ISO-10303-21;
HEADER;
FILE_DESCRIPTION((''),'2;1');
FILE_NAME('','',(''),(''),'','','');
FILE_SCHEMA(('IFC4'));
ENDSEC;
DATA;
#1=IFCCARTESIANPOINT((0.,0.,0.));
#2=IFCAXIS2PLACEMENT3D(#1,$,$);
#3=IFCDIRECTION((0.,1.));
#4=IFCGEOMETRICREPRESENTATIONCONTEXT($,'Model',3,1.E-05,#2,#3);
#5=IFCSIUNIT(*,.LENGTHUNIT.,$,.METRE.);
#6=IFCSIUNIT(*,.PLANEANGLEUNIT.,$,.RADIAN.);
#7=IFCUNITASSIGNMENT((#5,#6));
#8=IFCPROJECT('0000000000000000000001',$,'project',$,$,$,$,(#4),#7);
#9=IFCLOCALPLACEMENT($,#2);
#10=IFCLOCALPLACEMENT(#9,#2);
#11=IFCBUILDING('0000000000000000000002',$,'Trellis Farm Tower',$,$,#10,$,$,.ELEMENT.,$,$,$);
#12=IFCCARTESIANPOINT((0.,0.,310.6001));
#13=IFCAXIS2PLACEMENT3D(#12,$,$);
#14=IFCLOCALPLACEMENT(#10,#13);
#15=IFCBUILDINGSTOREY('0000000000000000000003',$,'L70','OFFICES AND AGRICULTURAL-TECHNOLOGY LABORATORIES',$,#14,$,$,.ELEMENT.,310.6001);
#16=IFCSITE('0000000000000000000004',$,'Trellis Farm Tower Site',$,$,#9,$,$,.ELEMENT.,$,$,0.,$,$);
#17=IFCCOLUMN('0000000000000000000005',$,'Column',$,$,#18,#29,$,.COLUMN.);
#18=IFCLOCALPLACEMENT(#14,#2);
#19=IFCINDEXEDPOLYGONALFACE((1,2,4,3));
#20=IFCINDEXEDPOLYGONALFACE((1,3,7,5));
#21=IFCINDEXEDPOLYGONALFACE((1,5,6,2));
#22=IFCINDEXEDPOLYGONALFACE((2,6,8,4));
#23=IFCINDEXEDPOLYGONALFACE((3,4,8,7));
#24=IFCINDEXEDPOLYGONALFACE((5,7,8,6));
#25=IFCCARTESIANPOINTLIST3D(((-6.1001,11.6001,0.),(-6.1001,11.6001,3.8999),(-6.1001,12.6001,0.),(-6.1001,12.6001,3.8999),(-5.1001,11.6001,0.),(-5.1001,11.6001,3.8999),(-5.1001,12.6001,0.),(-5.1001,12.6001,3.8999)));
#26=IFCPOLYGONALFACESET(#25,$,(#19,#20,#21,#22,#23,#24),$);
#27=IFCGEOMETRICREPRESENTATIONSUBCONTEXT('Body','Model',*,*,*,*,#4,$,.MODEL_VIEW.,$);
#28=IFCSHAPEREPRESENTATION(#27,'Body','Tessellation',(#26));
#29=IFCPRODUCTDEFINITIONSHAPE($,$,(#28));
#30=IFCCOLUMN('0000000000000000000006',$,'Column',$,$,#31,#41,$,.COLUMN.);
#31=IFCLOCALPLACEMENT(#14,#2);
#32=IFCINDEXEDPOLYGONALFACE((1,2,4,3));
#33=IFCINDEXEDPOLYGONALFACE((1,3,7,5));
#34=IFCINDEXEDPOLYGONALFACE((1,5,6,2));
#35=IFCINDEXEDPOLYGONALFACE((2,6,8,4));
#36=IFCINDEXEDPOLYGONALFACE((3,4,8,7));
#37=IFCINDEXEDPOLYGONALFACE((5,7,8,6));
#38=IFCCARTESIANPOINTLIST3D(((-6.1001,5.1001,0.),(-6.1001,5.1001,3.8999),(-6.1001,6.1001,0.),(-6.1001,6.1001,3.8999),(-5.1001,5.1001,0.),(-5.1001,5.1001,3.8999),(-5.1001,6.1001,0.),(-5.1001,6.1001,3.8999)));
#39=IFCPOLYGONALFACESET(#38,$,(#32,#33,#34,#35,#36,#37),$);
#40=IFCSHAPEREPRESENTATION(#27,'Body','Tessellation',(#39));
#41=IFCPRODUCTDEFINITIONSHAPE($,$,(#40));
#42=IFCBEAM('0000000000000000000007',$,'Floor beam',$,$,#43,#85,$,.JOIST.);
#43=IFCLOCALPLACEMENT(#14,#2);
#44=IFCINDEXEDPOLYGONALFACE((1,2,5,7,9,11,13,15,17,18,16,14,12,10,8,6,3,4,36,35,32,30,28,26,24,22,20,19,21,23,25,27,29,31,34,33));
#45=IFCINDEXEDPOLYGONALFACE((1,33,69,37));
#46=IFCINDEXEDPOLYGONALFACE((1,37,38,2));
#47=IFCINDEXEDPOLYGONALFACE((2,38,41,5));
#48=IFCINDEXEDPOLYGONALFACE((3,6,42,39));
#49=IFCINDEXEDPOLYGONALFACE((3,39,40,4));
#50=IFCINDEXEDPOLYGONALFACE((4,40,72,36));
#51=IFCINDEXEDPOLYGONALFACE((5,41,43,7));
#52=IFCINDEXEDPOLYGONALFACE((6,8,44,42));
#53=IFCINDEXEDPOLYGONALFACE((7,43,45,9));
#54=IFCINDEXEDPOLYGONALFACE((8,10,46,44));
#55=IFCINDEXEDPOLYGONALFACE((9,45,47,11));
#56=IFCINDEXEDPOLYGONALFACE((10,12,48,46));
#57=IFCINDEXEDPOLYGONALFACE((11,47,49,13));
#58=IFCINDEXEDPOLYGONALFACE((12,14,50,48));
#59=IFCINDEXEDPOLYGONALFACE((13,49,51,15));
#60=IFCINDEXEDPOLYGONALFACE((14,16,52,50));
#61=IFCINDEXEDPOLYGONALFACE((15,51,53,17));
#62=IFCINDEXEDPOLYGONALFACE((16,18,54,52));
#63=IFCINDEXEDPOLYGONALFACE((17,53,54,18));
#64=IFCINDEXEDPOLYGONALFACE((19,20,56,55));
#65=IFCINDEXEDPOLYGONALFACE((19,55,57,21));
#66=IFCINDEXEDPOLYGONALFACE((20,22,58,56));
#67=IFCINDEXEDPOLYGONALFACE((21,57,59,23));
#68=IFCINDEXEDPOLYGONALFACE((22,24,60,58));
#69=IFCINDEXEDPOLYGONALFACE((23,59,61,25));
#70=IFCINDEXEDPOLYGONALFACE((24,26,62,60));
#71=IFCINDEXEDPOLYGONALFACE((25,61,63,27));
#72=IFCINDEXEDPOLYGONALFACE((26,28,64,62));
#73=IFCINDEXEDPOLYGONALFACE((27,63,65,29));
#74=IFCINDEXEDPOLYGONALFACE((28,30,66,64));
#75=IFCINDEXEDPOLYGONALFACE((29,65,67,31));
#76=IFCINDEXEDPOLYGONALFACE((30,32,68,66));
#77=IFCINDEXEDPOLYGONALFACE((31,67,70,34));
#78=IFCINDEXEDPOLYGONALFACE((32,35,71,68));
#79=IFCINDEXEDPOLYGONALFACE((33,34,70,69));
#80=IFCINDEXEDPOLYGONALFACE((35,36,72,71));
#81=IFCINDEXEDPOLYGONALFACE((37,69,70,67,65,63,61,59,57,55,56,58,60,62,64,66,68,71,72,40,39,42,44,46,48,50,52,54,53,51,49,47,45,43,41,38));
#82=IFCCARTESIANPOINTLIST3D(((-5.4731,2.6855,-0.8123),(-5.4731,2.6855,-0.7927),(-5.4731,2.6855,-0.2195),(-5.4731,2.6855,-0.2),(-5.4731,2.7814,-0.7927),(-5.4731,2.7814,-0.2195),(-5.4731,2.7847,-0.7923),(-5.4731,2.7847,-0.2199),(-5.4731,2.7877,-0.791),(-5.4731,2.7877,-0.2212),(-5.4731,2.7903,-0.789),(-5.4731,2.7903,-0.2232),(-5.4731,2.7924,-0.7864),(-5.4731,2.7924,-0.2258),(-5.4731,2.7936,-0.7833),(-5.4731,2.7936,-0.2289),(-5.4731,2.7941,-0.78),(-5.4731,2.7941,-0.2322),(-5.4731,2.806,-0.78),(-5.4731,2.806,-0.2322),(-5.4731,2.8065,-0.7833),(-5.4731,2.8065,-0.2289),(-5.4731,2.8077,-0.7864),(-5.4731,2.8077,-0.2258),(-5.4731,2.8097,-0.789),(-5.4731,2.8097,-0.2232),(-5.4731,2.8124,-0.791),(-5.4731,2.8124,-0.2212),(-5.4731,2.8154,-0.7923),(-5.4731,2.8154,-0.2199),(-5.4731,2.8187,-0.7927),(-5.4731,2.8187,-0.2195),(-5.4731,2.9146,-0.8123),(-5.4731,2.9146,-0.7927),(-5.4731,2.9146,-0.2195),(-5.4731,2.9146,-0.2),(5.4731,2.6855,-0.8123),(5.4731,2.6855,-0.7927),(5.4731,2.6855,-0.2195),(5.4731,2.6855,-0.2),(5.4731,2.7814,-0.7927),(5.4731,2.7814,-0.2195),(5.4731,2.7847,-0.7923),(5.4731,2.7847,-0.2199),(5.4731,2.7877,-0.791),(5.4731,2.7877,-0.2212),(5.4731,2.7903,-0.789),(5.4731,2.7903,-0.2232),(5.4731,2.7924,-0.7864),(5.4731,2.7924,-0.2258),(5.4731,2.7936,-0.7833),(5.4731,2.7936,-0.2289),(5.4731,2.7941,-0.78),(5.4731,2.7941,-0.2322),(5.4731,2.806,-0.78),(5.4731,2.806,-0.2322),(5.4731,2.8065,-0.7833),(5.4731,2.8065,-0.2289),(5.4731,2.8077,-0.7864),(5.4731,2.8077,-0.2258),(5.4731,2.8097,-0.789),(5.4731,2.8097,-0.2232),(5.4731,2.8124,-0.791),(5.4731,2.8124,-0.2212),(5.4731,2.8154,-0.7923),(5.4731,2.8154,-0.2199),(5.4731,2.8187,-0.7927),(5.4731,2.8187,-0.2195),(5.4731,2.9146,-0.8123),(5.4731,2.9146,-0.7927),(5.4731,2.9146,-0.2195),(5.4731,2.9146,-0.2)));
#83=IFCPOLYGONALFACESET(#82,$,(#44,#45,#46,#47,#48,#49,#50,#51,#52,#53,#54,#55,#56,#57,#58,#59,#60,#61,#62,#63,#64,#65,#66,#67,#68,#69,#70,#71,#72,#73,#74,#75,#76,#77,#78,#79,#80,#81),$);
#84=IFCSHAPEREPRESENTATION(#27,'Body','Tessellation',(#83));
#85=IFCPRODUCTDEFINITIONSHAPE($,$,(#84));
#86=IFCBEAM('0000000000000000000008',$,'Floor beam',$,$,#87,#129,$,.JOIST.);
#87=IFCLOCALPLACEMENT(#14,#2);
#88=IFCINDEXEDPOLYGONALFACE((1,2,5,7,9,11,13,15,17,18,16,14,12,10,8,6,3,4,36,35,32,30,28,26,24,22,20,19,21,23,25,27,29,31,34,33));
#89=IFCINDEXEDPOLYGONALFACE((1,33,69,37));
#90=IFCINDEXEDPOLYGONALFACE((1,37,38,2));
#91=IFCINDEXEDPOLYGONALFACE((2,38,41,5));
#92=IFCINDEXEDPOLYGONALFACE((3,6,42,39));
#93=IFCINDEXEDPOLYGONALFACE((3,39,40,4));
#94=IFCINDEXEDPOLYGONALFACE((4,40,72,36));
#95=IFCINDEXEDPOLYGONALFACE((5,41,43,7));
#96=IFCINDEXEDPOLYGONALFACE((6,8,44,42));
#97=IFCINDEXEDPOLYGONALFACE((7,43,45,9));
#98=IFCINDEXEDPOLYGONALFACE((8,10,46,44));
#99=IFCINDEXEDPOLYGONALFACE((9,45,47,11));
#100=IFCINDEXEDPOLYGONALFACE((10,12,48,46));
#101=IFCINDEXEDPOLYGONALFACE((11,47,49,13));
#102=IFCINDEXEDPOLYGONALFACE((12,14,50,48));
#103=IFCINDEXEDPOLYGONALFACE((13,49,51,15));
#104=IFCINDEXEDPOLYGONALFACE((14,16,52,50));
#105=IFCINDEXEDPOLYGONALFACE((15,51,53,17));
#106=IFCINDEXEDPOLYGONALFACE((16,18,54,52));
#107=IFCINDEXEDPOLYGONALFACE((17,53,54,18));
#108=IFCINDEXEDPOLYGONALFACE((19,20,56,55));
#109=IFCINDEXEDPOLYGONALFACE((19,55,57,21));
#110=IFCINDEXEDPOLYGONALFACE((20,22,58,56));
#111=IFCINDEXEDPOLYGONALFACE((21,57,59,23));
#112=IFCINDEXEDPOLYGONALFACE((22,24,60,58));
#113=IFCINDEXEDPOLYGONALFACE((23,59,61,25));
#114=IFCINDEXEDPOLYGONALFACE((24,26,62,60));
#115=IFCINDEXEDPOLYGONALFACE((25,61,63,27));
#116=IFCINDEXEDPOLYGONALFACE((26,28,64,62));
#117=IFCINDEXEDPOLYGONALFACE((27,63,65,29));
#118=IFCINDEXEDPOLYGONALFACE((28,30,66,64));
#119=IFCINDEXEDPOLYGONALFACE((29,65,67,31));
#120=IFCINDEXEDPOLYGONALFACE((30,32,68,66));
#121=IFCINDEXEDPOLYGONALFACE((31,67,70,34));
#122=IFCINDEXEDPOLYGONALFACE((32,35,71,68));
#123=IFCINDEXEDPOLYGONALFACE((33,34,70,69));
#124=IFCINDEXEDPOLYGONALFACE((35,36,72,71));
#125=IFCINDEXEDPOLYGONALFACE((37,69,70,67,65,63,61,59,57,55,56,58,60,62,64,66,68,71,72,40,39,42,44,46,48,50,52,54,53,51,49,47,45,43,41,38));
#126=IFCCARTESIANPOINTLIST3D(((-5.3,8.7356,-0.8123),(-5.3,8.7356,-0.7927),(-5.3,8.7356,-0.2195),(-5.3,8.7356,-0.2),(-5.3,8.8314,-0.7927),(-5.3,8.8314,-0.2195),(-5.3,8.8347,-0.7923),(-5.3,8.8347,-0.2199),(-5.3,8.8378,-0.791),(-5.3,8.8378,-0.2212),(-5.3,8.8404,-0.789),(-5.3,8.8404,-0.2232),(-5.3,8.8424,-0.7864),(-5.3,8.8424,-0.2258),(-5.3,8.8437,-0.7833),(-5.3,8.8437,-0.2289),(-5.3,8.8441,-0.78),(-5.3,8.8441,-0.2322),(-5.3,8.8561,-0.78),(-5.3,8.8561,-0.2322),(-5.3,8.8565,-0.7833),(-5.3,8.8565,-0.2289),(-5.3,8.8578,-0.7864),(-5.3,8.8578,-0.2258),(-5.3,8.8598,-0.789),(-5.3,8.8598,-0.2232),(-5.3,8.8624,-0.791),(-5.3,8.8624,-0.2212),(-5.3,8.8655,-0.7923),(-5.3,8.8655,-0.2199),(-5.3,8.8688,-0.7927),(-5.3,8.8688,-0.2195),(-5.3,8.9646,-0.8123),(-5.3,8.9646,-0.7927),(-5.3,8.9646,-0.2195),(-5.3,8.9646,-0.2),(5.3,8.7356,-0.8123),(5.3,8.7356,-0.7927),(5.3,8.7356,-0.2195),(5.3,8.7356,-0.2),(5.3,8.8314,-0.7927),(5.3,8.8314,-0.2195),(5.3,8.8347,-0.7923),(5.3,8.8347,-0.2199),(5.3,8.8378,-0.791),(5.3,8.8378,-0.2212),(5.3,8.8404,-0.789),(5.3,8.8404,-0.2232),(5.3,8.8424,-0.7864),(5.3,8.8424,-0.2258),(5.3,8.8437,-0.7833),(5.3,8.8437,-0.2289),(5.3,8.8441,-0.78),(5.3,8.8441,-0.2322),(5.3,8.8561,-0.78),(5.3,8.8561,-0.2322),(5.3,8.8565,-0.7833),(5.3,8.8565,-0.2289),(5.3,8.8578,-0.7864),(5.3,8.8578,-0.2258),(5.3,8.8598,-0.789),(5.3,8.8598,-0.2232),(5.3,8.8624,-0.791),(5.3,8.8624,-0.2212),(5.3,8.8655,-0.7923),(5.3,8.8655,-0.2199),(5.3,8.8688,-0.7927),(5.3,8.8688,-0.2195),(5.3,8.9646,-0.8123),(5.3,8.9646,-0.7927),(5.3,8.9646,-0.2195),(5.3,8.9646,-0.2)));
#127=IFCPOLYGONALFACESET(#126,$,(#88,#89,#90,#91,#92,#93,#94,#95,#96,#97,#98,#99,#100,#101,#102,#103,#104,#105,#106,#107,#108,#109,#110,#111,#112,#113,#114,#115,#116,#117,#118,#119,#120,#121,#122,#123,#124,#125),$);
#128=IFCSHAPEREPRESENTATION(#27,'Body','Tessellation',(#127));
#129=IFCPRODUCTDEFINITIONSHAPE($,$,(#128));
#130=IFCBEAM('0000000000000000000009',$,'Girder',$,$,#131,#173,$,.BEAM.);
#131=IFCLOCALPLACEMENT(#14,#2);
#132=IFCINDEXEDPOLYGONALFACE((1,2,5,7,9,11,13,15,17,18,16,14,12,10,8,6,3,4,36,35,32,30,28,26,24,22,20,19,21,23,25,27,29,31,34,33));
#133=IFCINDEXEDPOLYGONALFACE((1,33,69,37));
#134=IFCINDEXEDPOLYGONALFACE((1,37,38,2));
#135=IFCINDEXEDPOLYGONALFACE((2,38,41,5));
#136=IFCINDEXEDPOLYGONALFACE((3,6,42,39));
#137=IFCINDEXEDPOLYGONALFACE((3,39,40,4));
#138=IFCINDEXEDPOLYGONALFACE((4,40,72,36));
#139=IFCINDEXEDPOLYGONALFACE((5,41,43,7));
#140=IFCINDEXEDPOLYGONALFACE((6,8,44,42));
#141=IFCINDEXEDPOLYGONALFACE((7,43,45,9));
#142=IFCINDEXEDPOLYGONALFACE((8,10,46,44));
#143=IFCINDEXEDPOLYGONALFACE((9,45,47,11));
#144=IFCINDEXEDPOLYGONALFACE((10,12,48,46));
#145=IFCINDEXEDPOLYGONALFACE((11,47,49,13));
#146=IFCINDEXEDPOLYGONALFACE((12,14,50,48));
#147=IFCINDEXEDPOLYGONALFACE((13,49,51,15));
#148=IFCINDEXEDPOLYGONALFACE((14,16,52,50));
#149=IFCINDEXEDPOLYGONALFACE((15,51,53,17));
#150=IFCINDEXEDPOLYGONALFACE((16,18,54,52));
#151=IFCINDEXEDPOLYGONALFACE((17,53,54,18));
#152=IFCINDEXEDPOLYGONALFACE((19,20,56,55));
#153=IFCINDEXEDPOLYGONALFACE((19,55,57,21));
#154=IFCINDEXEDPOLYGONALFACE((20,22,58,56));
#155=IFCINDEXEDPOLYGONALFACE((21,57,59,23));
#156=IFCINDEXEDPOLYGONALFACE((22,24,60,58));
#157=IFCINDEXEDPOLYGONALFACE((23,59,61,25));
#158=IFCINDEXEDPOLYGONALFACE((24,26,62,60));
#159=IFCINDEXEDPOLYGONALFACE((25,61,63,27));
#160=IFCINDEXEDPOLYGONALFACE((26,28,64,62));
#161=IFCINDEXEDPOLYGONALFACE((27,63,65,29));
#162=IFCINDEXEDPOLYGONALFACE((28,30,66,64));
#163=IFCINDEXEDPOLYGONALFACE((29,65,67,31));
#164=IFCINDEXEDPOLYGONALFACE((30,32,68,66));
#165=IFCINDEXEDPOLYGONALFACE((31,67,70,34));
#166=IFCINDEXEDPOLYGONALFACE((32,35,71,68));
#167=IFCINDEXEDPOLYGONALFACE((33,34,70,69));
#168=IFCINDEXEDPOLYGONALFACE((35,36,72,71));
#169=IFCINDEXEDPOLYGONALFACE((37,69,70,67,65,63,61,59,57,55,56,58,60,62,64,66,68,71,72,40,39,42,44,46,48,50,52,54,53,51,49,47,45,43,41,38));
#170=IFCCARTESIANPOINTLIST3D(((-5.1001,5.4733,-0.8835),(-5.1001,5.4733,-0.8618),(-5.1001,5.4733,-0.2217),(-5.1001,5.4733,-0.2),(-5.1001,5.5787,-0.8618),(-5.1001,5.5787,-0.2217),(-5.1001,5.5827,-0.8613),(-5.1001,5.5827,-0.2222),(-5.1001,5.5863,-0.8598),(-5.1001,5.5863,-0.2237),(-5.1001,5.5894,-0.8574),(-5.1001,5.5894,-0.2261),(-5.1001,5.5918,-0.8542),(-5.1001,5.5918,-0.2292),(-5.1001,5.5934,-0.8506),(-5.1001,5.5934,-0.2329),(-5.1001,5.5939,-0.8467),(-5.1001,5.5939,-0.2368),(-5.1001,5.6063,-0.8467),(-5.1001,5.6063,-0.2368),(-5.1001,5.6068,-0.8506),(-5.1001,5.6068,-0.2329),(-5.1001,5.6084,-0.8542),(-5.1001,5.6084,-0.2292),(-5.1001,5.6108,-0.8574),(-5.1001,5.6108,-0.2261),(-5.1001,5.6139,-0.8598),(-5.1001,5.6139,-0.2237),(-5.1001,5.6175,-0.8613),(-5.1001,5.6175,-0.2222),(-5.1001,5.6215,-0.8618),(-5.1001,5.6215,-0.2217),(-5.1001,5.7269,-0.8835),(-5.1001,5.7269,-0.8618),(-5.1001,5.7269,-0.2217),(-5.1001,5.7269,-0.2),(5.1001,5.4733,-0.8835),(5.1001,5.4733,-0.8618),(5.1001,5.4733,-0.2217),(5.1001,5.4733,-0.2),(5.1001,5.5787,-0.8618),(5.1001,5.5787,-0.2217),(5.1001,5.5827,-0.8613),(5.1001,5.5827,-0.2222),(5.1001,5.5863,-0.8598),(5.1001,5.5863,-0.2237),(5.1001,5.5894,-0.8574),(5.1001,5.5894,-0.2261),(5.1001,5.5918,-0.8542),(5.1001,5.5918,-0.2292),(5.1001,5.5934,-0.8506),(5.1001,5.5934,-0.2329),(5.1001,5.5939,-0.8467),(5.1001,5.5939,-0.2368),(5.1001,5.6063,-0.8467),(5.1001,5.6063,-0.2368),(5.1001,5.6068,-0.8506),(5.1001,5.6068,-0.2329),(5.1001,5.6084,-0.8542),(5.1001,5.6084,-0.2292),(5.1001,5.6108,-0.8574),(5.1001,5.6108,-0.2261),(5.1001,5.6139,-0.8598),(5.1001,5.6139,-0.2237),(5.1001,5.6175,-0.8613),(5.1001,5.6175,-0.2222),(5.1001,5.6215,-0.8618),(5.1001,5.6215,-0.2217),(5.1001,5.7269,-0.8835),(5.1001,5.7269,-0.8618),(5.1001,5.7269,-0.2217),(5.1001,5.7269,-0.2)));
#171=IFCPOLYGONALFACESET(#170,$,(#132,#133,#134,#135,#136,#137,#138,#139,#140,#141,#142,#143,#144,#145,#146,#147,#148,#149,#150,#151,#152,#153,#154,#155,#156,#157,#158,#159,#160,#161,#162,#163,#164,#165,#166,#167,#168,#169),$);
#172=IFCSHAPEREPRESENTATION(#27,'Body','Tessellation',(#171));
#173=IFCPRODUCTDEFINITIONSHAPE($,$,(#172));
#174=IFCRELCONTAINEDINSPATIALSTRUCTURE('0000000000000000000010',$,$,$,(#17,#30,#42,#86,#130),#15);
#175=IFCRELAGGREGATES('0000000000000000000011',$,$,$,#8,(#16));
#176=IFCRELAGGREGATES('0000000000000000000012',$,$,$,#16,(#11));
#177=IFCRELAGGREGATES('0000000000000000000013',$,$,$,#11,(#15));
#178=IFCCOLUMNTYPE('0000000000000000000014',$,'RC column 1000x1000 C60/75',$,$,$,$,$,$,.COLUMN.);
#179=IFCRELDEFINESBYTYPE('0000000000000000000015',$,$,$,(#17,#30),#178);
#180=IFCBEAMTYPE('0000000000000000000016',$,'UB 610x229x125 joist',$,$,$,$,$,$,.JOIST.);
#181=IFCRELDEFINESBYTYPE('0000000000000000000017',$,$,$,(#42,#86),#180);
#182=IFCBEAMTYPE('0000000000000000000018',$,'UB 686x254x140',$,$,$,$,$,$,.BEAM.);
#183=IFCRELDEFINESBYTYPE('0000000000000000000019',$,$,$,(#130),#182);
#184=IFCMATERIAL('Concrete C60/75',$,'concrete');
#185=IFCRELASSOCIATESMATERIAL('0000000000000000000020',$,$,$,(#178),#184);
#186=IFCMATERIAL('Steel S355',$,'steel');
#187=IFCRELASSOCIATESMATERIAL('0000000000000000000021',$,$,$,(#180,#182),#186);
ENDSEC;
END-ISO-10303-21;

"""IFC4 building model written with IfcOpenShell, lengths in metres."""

from ifc_helpers import new_model, si_unit, direction, frame, origin, origin_2d, place, context, subcontext, project, spatial, rectangle, i_section, extrude, source, transform, mapped, material, material_profile, profile_set, type_object, element, save


model = new_model("IFC4")

# Units and contexts
model_context = context("Model", 3, precision=1e-05, world=origin(), true_north=direction((0.0, 1.0)))
body_context = subcontext(model_context, "Body", "Model", "MODEL_VIEW")
ifc_project = project(units=[si_unit("LENGTHUNIT", "METRE"), si_unit("PLANEANGLEUNIT", "RADIAN")], contexts=[model_context])

# Site, building, storey
site_placement = place(None, origin())
site = spatial("IfcSite", under=ifc_project, at=site_placement, Name="Trellis Farm Tower Site", CompositionType="ELEMENT", RefElevation=0.0)
building_placement = place(site_placement, origin())
building = spatial("IfcBuilding", under=site, at=building_placement, Name="Trellis Farm Tower", CompositionType="ELEMENT")
storey_placement = place(building_placement, frame((0.0, 0.0, 310.6001)))
storey = spatial("IfcBuildingStorey", under=building, at=storey_placement, Name="L70", Description="OFFICES AND AGRICULTURAL-TECHNOLOGY LABORATORIES", CompositionType="ELEMENT", Elevation=310.6001)

# Columns
ifc_material_1 = material(Name="Concrete C60/75", Category="concrete")
ifc_material_profile_1 = material_profile(ifc_material_1, rectangle(XDim=1.0, YDim=1.0, at=origin_2d()), Name="RC column 1000x1000 C60/75")
ifc_profile_set_1 = profile_set([ifc_material_profile_1], Name="Concrete C60/75")
column_type = type_object("IfcColumnType", Name="RC column 1000x1000 C60/75", PredefinedType="COLUMN", material=ifc_profile_set_1)
shared_shape_1 = source(origin(), body_context, "Body", "SweptSolid", [
    extrude(rectangle(XDim=1.0, YDim=1.0, at=origin_2d()), origin(), (0.0, 0.0, 1.0), 3.8999),
])
for number, where, z_axis, x_axis, name in (
    (1, (-5.6001, 12.1001, 0.0), (0.0, 0.0, 1.0), (1.0, 0.0, 0.0), "Column"),
    (2, (-5.6001, 5.6001, 0.0), (0.0, 0.0, 1.0), (1.0, 0.0, 0.0), "Column"),
):
    element("IfcColumn", number, at=place(storey_placement, frame(where, z_axis=z_axis, x_axis=x_axis)), inside=storey, type_object=column_type, Name=name, PredefinedType="COLUMN", context=body_context, shape_type="MappedRepresentation", body=[
        mapped(shared_shape_1, transform((0.0, 0.0, 0.0))),
    ])

# Beams
ifc_material_2 = material(Name="Steel S355", Category="steel")
ifc_material_profile_2 = material_profile(ifc_material_2, i_section(OverallWidth=0.229, OverallDepth=0.6123, WebThickness=0.012, FlangeThickness=0.0195, FilletRadius=0.0127, at=origin_2d()), Name="UB 610x229x125")
ifc_profile_set_2 = profile_set([ifc_material_profile_2], Name="Steel S355")
beam_type_1 = type_object("IfcBeamType", Name="UB 610x229x125 joist", PredefinedType="JOIST", material=ifc_profile_set_2)
shared_shape_2 = source(origin(), body_context, "Body", "SweptSolid", [
    extrude(i_section(OverallWidth=0.229, OverallDepth=0.6123, WebThickness=0.012, FlangeThickness=0.0195, FilletRadius=0.0127, at=origin_2d()), origin(), (0.0, 0.0, 1.0), 10.9463),
])
beam_1_placement = place(storey_placement, frame((-5.4731, 2.8, -0.5061), z_axis=(1.0, 0.0, 0.0), x_axis=(0.0, 1.0, 0.0)))
element("IfcBeam", 3, at=beam_1_placement, inside=storey, type_object=beam_type_1, Name="Floor beam", PredefinedType="JOIST", context=body_context, shape_type="MappedRepresentation", body=[
    mapped(shared_shape_2, transform((0.0, 0.0, 0.0))),
])
shared_shape_3 = source(origin(), body_context, "Body", "SweptSolid", [
    extrude(i_section(OverallWidth=0.229, OverallDepth=0.6123, WebThickness=0.012, FlangeThickness=0.0195, FilletRadius=0.0127, at=origin_2d()), origin(), (0.0, 0.0, 1.0), 10.6001),
])
beam_2_placement = place(storey_placement, frame((-5.3, 8.8501, -0.5061), z_axis=(1.0, 0.0, 0.0), x_axis=(0.0, 1.0, 0.0)))
element("IfcBeam", 4, at=beam_2_placement, inside=storey, type_object=beam_type_1, Name="Floor beam", PredefinedType="JOIST", context=body_context, shape_type="MappedRepresentation", body=[
    mapped(shared_shape_3, transform((0.0, 0.0, 0.0))),
])
ifc_material_profile_3 = material_profile(ifc_material_2, i_section(OverallWidth=0.2537, OverallDepth=0.6836, WebThickness=0.0125, FlangeThickness=0.0217, FilletRadius=0.0151, at=origin_2d()), Name="UB 686x254x140")
ifc_profile_set_3 = profile_set([ifc_material_profile_3], Name="Steel S355")
beam_type_2 = type_object("IfcBeamType", Name="UB 686x254x140", PredefinedType="BEAM", material=ifc_profile_set_3)
shared_shape_4 = source(origin(), body_context, "Body", "SweptSolid", [
    extrude(i_section(OverallWidth=0.2537, OverallDepth=0.6836, WebThickness=0.0125, FlangeThickness=0.0217, FilletRadius=0.0151, at=origin_2d()), origin(), (0.0, 0.0, 1.0), 10.2002),
])
for number, where, z_axis, x_axis, name in (
    (5, (-5.1001, 5.6001, -0.5417), (1.0, 0.0, 0.0), (0.0, 1.0, 0.0), "Girder"),
):
    element("IfcBeam", number, at=place(storey_placement, frame(where, z_axis=z_axis, x_axis=x_axis)), inside=storey, type_object=beam_type_2, Name=name, PredefinedType="BEAM", context=body_context, shape_type="MappedRepresentation", body=[
        mapped(shared_shape_4, transform((0.0, 0.0, 0.0))),
    ])

save(model, "model.ifc")
